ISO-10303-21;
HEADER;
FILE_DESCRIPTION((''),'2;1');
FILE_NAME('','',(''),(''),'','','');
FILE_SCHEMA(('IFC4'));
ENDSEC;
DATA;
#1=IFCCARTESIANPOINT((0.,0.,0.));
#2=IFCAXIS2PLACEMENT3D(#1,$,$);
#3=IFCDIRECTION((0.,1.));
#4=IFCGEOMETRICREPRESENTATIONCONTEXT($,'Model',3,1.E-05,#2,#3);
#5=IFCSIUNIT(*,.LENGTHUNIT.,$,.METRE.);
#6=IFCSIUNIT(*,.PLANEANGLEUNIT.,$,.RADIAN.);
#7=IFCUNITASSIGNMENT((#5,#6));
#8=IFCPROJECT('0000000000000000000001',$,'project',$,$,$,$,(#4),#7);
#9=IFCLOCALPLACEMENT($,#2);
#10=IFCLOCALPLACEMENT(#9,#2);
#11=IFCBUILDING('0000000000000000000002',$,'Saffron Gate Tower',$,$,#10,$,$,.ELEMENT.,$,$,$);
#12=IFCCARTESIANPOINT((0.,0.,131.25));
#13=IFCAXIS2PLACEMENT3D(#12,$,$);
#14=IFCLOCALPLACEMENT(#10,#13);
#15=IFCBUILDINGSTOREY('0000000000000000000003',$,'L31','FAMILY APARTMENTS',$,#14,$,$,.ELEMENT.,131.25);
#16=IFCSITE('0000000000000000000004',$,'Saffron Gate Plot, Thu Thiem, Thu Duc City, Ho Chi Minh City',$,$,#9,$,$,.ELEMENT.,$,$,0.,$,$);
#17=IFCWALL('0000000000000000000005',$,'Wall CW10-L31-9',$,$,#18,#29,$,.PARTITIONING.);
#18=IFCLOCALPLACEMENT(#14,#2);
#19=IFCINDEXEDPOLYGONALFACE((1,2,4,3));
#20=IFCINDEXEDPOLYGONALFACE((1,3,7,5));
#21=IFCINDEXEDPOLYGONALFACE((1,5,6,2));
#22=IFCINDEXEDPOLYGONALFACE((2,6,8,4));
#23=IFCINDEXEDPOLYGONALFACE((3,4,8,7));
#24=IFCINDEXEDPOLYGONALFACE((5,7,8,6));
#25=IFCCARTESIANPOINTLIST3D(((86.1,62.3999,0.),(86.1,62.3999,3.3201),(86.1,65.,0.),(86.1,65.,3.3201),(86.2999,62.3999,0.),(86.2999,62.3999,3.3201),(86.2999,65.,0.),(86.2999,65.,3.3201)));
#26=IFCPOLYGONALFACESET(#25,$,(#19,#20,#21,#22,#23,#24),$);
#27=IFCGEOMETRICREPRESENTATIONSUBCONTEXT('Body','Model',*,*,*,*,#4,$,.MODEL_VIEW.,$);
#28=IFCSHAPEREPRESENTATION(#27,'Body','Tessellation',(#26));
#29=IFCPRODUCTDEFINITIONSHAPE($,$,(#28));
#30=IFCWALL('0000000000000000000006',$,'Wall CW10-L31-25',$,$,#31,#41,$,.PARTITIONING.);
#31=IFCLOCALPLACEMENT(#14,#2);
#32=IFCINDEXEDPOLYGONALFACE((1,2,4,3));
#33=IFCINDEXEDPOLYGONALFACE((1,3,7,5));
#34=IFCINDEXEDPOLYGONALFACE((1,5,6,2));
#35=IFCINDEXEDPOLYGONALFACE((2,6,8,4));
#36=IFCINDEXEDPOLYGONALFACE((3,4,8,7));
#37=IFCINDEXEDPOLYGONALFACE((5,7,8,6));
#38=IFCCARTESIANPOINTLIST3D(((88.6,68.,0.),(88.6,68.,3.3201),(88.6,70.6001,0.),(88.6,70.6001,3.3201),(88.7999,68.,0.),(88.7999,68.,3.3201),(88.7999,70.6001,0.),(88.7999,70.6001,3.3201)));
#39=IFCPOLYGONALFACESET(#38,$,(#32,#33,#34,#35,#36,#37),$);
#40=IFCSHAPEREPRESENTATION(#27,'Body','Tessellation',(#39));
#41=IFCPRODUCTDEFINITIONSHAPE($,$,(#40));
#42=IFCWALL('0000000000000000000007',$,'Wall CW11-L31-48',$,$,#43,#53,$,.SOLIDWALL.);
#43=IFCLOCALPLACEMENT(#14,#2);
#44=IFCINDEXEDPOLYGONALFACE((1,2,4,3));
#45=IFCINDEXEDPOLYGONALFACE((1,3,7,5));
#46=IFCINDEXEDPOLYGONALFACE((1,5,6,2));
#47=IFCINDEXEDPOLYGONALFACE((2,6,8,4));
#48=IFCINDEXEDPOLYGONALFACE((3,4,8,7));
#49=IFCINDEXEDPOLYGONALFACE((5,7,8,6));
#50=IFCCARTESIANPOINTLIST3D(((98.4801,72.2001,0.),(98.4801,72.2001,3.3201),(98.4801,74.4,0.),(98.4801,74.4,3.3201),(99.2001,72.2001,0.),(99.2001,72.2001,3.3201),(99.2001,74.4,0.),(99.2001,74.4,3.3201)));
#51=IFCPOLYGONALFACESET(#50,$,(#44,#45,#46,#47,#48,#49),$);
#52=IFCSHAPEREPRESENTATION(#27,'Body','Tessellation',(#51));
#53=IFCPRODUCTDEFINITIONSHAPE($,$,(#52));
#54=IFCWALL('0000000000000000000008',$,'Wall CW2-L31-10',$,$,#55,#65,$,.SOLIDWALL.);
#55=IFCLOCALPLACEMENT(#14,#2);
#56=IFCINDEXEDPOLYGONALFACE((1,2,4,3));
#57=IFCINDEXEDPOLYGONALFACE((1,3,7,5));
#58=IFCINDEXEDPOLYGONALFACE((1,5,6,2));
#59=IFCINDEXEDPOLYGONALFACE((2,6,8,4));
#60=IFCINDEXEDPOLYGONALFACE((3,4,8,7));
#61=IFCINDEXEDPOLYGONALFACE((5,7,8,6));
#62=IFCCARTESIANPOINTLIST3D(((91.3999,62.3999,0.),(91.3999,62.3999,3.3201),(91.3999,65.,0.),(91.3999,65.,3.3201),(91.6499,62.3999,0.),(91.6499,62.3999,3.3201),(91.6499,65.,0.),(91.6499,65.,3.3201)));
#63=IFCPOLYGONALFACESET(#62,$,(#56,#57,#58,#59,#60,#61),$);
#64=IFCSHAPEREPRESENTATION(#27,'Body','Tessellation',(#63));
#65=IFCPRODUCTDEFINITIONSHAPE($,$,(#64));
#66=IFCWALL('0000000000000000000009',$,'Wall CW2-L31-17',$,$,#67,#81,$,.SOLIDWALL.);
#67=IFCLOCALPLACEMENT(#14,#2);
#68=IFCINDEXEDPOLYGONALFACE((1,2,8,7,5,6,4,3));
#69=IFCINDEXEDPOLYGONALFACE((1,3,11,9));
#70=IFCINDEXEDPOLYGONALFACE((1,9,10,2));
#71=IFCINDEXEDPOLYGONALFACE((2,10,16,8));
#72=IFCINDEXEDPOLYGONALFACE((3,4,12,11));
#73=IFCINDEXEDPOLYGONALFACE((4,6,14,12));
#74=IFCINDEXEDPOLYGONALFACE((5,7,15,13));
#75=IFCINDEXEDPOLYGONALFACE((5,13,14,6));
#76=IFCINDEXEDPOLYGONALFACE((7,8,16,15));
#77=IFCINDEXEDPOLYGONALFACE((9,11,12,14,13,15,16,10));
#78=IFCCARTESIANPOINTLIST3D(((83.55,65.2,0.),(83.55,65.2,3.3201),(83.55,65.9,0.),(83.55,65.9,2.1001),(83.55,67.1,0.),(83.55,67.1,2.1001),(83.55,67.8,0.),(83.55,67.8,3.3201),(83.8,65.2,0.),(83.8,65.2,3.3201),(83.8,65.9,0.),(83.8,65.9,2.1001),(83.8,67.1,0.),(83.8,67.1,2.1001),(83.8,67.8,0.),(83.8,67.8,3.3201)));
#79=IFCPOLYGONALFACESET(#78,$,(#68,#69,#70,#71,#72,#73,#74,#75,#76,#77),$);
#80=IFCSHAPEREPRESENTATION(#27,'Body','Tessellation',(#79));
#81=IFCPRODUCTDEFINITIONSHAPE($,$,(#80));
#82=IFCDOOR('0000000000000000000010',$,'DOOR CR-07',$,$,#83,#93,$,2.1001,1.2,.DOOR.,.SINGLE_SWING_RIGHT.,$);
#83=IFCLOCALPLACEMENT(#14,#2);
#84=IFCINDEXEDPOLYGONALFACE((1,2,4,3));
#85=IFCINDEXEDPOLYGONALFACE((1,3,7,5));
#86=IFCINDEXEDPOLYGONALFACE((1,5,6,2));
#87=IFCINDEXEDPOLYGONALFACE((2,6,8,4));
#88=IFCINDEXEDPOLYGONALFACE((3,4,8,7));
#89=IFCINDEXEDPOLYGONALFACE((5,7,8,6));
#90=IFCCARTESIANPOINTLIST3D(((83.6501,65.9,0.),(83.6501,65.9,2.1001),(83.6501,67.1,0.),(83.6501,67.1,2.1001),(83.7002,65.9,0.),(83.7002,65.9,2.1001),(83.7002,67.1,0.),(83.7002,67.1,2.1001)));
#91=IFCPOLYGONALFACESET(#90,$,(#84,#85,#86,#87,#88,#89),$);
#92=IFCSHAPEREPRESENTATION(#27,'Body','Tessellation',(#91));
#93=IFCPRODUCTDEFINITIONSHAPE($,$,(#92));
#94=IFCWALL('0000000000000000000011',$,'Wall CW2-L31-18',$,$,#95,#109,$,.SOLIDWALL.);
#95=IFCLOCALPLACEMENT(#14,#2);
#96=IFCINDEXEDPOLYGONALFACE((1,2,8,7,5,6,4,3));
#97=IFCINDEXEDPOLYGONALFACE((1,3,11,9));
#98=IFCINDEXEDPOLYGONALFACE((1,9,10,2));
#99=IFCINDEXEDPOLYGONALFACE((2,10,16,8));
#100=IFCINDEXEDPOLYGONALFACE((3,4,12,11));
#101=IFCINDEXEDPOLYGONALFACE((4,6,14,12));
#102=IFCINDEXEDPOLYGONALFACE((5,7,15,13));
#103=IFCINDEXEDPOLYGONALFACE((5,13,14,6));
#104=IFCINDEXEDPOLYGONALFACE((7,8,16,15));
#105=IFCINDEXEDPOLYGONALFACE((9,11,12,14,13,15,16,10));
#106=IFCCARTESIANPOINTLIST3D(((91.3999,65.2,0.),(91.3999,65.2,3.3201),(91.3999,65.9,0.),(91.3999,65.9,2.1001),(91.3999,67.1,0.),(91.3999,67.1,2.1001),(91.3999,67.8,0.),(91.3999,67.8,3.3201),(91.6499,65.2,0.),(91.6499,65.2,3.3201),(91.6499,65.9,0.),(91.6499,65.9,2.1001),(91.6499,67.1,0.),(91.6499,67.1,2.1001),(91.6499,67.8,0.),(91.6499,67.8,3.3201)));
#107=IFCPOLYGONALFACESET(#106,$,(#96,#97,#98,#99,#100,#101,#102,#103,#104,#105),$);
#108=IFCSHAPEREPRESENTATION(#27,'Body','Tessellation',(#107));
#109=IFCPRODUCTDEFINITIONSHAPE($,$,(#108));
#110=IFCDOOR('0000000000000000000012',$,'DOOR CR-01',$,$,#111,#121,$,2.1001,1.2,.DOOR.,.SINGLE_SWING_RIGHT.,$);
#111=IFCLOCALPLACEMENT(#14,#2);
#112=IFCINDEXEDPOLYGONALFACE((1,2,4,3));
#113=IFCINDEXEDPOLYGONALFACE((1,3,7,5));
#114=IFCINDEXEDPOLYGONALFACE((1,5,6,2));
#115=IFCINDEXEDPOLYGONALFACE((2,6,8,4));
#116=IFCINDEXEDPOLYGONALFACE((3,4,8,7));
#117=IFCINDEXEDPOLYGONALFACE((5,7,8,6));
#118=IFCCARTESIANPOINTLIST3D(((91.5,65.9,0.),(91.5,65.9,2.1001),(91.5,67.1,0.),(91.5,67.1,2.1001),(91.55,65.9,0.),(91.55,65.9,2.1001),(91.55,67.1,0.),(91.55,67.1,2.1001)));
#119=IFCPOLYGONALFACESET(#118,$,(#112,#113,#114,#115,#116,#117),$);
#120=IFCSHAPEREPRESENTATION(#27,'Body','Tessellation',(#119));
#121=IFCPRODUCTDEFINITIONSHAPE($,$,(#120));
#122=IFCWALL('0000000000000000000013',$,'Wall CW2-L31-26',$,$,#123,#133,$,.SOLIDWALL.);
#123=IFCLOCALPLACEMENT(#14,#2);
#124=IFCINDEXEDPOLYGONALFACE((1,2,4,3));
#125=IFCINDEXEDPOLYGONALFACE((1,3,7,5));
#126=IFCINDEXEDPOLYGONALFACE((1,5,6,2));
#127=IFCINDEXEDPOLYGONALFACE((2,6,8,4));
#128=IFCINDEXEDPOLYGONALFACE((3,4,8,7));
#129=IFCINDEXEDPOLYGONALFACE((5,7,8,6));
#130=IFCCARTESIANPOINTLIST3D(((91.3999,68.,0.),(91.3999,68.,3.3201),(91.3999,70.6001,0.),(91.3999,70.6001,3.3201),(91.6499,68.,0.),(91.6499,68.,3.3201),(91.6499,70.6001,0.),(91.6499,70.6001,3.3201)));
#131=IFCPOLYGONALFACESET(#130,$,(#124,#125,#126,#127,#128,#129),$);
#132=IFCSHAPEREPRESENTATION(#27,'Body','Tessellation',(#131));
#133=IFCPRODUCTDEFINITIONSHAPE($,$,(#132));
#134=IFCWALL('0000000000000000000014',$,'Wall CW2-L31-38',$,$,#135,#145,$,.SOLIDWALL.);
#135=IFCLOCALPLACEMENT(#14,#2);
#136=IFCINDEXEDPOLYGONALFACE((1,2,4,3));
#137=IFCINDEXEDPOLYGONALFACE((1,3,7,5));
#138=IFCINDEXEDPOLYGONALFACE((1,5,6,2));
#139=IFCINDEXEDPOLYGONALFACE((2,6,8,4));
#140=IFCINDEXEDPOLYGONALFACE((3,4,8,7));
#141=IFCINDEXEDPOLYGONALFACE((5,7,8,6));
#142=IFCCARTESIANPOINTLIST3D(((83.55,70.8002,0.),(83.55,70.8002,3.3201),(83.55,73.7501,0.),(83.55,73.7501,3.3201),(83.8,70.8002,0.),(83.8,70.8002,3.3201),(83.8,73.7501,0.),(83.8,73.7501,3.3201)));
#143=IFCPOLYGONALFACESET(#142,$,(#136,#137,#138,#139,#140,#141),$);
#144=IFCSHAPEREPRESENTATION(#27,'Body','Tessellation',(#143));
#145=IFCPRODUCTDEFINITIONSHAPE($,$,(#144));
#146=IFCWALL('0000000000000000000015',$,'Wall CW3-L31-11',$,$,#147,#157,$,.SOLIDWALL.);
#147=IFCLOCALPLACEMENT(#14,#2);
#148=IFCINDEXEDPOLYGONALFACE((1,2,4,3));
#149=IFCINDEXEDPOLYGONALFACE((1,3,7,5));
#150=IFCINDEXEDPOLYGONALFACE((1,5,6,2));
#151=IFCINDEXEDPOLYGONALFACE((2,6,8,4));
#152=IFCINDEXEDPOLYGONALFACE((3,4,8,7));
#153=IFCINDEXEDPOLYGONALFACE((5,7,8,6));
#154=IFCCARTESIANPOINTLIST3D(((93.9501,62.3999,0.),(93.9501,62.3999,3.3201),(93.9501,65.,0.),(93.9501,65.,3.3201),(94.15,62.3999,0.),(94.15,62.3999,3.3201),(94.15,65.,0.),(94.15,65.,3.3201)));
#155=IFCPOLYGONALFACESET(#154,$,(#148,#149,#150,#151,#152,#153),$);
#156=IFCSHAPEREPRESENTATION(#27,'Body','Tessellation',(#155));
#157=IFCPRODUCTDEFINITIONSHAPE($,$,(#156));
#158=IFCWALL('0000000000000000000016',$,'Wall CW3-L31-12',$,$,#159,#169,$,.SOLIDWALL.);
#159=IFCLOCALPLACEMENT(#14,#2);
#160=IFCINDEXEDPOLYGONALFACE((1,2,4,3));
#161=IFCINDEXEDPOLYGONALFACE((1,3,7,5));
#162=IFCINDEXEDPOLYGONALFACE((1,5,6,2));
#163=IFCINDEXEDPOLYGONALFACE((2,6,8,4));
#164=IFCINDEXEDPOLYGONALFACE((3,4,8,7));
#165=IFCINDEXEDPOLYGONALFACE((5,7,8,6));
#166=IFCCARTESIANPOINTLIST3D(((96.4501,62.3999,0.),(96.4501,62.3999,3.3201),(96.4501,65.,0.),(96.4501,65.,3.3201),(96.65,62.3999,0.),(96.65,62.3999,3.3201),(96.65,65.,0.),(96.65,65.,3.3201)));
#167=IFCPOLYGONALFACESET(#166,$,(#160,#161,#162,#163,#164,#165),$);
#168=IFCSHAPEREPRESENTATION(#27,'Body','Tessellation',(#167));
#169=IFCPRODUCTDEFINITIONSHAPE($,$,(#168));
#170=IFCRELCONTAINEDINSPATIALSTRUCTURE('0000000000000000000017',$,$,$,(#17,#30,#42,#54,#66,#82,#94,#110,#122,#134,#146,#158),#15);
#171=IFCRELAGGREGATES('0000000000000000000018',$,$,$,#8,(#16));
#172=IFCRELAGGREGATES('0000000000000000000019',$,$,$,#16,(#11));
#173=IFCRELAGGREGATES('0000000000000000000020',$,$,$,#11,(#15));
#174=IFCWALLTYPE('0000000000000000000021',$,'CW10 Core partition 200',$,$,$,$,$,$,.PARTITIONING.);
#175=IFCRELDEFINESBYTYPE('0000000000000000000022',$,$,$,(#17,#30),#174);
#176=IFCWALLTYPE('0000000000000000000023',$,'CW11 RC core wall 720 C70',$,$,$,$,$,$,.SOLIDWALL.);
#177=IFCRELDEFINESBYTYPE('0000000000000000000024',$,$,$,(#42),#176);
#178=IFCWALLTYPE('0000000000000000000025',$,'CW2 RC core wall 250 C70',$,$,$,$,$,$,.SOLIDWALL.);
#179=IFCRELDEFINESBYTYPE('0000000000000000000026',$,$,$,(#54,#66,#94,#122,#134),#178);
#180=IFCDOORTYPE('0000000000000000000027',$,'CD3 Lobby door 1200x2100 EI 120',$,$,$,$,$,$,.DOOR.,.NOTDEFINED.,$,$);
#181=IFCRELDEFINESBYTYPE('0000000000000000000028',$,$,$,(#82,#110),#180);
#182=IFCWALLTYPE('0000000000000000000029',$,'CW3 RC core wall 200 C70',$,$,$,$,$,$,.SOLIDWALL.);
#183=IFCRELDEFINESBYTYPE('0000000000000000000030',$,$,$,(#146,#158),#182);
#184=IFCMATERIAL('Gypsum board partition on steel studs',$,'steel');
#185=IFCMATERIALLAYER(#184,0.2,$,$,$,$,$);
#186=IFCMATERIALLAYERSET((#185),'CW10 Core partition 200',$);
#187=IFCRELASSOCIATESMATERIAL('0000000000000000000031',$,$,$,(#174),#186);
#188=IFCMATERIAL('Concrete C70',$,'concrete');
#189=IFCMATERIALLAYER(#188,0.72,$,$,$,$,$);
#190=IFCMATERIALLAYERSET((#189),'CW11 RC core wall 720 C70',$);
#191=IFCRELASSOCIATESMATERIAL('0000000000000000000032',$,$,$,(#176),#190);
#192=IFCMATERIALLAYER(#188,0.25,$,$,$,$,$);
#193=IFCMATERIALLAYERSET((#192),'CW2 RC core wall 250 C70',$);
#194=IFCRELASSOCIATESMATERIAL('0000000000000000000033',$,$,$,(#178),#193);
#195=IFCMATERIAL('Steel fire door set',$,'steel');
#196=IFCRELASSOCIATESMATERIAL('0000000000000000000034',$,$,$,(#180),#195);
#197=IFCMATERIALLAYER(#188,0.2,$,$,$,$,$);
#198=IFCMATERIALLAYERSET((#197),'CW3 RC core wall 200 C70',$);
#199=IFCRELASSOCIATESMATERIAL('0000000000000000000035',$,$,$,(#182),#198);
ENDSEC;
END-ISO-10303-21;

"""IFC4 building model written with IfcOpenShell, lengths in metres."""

from ifc_helpers import new_model, si_unit, direction, frame, frame_2d, origin, place, context, subcontext, project, spatial, rectangle, extrude, material, layer, layer_set, type_object, element, fill, save


model = new_model("IFC4")

# Units and contexts
model_context = context("Model", 3, precision=1e-05, world=origin(), true_north=direction((0.0, 1.0)))
body_context = subcontext(model_context, "Body", "Model", "MODEL_VIEW")
ifc_project = project(units=[si_unit("LENGTHUNIT", "METRE"), si_unit("PLANEANGLEUNIT", "RADIAN")], contexts=[model_context])

# Site, building, storey
site_placement = place(None, origin())
site = spatial("IfcSite", under=ifc_project, at=site_placement, Name="Saffron Gate Plot, Thu Thiem, Thu Duc City, Ho Chi Minh City", CompositionType="ELEMENT", RefElevation=0.0)
building_placement = place(site_placement, origin())
building = spatial("IfcBuilding", under=site, at=building_placement, Name="Saffron Gate Tower", CompositionType="ELEMENT")
storey_placement = place(building_placement, frame((0.0, 0.0, 131.25)))
storey = spatial("IfcBuildingStorey", under=building, at=storey_placement, Name="L31", Description="FAMILY APARTMENTS", CompositionType="ELEMENT", Elevation=131.25)

# Walls
ifc_material_1 = material(Name="Gypsum board partition on steel studs", Category="steel")
ifc_layer_1 = layer(ifc_material_1, 0.2)
ifc_layer_set_1 = layer_set([ifc_layer_1], Name="CW10 Core partition 200")
wall_type_1 = type_object("IfcWallType", Name="CW10 Core partition 200", PredefinedType="PARTITIONING", material=ifc_layer_set_1)
for number, where, z_axis, x_axis, name in (
    (1, (86.2, 62.3999, 0.0), (0.0, 0.0, 1.0), (0.0, 1.0, 0.0), "Wall CW10-L31-9"),
    (2, (88.7, 68.0, 0.0), (0.0, 0.0, 1.0), (0.0, 1.0, 0.0), "Wall CW10-L31-25"),
):
    element("IfcWall", number, at=place(storey_placement, frame(where, z_axis=z_axis, x_axis=x_axis)), inside=storey, type_object=wall_type_1, Name=name, PredefinedType="PARTITIONING", context=body_context, shape_type="SweptSolid", body=[
        extrude(rectangle(XDim=2.6001, YDim=0.2, at=frame_2d((1.3, 0.0))), origin(), (0.0, 0.0, 1.0), 3.3201),
    ])
ifc_material_2 = material(Name="Concrete C70", Category="concrete")
ifc_layer_2 = layer(ifc_material_2, 0.72)
ifc_layer_set_2 = layer_set([ifc_layer_2], Name="CW11 RC core wall 720 C70")
wall_type_2 = type_object("IfcWallType", Name="CW11 RC core wall 720 C70", PredefinedType="SOLIDWALL", material=ifc_layer_set_2)
wall_1_placement = place(storey_placement, frame((98.8401, 72.2, 0.0), z_axis=(0.0, 0.0, 1.0), x_axis=(0.0, 1.0, 0.0)))
element("IfcWall", 3, at=wall_1_placement, inside=storey, type_object=wall_type_2, Name="Wall CW11-L31-48", PredefinedType="SOLIDWALL", context=body_context, shape_type="SweptSolid", body=[
    extrude(rectangle(XDim=2.2, YDim=0.72, at=frame_2d((1.1001, 0.0))), origin(), (0.0, 0.0, 1.0), 3.3201),
])
ifc_layer_3 = layer(ifc_material_2, 0.25)
ifc_layer_set_3 = layer_set([ifc_layer_3], Name="CW2 RC core wall 250 C70")
wall_type_3 = type_object("IfcWallType", Name="CW2 RC core wall 250 C70", PredefinedType="SOLIDWALL", material=ifc_layer_set_3)
wall_2_placement = place(storey_placement, frame((91.5249, 62.3999, 0.0), z_axis=(0.0, 0.0, 1.0), x_axis=(0.0, 1.0, 0.0)))
element("IfcWall", 4, at=wall_2_placement, inside=storey, type_object=wall_type_3, Name="Wall CW2-L31-10", PredefinedType="SOLIDWALL", context=body_context, shape_type="SweptSolid", body=[
    extrude(rectangle(XDim=2.6001, YDim=0.25, at=frame_2d((1.3, 0.0))), origin(), (0.0, 0.0, 1.0), 3.3201),
])

# Walls, openings, doors
wall_3_placement = place(storey_placement, frame((83.675, 65.2, 0.0), z_axis=(0.0, 0.0, 1.0), x_axis=(0.0, 1.0, 0.0)))
wall_3 = element("IfcWall", 5, at=wall_3_placement, inside=storey, type_object=wall_type_3, Name="Wall CW2-L31-17", PredefinedType="SOLIDWALL", context=body_context, shape_type="SweptSolid", body=[
    extrude(rectangle(XDim=2.6001, YDim=0.25, at=frame_2d((1.3, 0.0))), origin(), (0.0, 0.0, 1.0), 3.3201),
])
opening_1_placement = place(wall_3_placement, frame((0.7, 0.0, 0.0)))
opening_1 = element("IfcOpeningElement", 6, at=opening_1_placement, cuts=wall_3, PredefinedType="OPENING", context=body_context, shape_type="SweptSolid", body=[
    extrude(rectangle(XDim=1.2, YDim=2.1001, at=frame_2d((0.6001, 1.05))), frame((0.0, 0.135, 0.0), z_axis=(0.0, -1.0, 0.0), x_axis=(1.0, 0.0, 0.0)), (0.0, 0.0, 1.0), 0.27),
])
ifc_material_3 = material(Name="Steel fire door set", Category="steel")
door_type_1 = type_object("IfcDoorType", Name="CD3 Lobby door 1200x2100 EI 120", OperationType="NOTDEFINED", PredefinedType="DOOR", material=ifc_material_3)
door_1_placement = place(opening_1_placement, origin())
door_1 = element("IfcDoor", 7, at=door_1_placement, inside=storey, type_object=door_type_1, Name="DOOR CR-07", OperationType="SINGLE_SWING_RIGHT", OverallHeight=2.1001, OverallWidth=1.2, PredefinedType="DOOR", context=body_context, shape_type="SweptSolid", body=[
    extrude(rectangle(XDim=1.2, YDim=2.1001, at=frame_2d((0.6001, 1.05))), frame((0.0, 0.0249, 0.0), z_axis=(0.0, -1.0, 0.0), x_axis=(1.0, 0.0, 0.0)), (0.0, 0.0, 1.0), 0.05),
])
fill(opening_1, door_1)
wall_4_placement = place(storey_placement, frame((91.5249, 65.2, 0.0), z_axis=(0.0, 0.0, 1.0), x_axis=(0.0, 1.0, 0.0)))
wall_4 = element("IfcWall", 8, at=wall_4_placement, inside=storey, type_object=wall_type_3, Name="Wall CW2-L31-18", PredefinedType="SOLIDWALL", context=body_context, shape_type="SweptSolid", body=[
    extrude(rectangle(XDim=2.6001, YDim=0.25, at=frame_2d((1.3, 0.0))), origin(), (0.0, 0.0, 1.0), 3.3201),
])
opening_2_placement = place(wall_4_placement, frame((0.7, 0.0, 0.0)))
opening_2 = element("IfcOpeningElement", 9, at=opening_2_placement, cuts=wall_4, PredefinedType="OPENING", context=body_context, shape_type="SweptSolid", body=[
    extrude(rectangle(XDim=1.2, YDim=2.1001, at=frame_2d((0.6001, 1.05))), frame((0.0, 0.135, 0.0), z_axis=(0.0, -1.0, 0.0), x_axis=(1.0, 0.0, 0.0)), (0.0, 0.0, 1.0), 0.27),
])
door_2_placement = place(opening_2_placement, origin())
door_2 = element("IfcDoor", 10, at=door_2_placement, inside=storey, type_object=door_type_1, Name="DOOR CR-01", OperationType="SINGLE_SWING_RIGHT", OverallHeight=2.1001, OverallWidth=1.2, PredefinedType="DOOR", context=body_context, shape_type="SweptSolid", body=[
    extrude(rectangle(XDim=1.2, YDim=2.1001, at=frame_2d((0.6001, 1.05))), frame((0.0, 0.0249, 0.0), z_axis=(0.0, -1.0, 0.0), x_axis=(1.0, 0.0, 0.0)), (0.0, 0.0, 1.0), 0.05),
])
fill(opening_2, door_2)

# Walls
wall_5_placement = place(storey_placement, frame((91.5249, 68.0, 0.0), z_axis=(0.0, 0.0, 1.0), x_axis=(0.0, 1.0, 0.0)))
element("IfcWall", 11, at=wall_5_placement, inside=storey, type_object=wall_type_3, Name="Wall CW2-L31-26", PredefinedType="SOLIDWALL", context=body_context, shape_type="SweptSolid", body=[
    extrude(rectangle(XDim=2.6001, YDim=0.25, at=frame_2d((1.3, 0.0))), origin(), (0.0, 0.0, 1.0), 3.3201),
])
wall_6_placement = place(storey_placement, frame((83.675, 70.8, 0.0), z_axis=(0.0, 0.0, 1.0), x_axis=(0.0, 1.0, 0.0)))
element("IfcWall", 12, at=wall_6_placement, inside=storey, type_object=wall_type_3, Name="Wall CW2-L31-38", PredefinedType="SOLIDWALL", context=body_context, shape_type="SweptSolid", body=[
    extrude(rectangle(XDim=2.95, YDim=0.25, at=frame_2d((1.4751, 0.0))), origin(), (0.0, 0.0, 1.0), 3.3201),
])
ifc_layer_4 = layer(ifc_material_2, 0.2)
ifc_layer_set_4 = layer_set([ifc_layer_4], Name="CW3 RC core wall 200 C70")
wall_type_4 = type_object("IfcWallType", Name="CW3 RC core wall 200 C70", PredefinedType="SOLIDWALL", material=ifc_layer_set_4)
for number, where, z_axis, x_axis, name in (
    (13, (94.05, 62.3999, 0.0), (0.0, 0.0, 1.0), (0.0, 1.0, 0.0), "Wall CW3-L31-11"),
    (14, (96.55, 62.3999, 0.0), (0.0, 0.0, 1.0), (0.0, 1.0, 0.0), "Wall CW3-L31-12"),
):
    element("IfcWall", number, at=place(storey_placement, frame(where, z_axis=z_axis, x_axis=x_axis)), inside=storey, type_object=wall_type_4, Name=name, PredefinedType="SOLIDWALL", context=body_context, shape_type="SweptSolid", body=[
        extrude(rectangle(XDim=2.6001, YDim=0.2, at=frame_2d((1.3, 0.0))), origin(), (0.0, 0.0, 1.0), 3.3201),
    ])

save(model, "model.ifc")
